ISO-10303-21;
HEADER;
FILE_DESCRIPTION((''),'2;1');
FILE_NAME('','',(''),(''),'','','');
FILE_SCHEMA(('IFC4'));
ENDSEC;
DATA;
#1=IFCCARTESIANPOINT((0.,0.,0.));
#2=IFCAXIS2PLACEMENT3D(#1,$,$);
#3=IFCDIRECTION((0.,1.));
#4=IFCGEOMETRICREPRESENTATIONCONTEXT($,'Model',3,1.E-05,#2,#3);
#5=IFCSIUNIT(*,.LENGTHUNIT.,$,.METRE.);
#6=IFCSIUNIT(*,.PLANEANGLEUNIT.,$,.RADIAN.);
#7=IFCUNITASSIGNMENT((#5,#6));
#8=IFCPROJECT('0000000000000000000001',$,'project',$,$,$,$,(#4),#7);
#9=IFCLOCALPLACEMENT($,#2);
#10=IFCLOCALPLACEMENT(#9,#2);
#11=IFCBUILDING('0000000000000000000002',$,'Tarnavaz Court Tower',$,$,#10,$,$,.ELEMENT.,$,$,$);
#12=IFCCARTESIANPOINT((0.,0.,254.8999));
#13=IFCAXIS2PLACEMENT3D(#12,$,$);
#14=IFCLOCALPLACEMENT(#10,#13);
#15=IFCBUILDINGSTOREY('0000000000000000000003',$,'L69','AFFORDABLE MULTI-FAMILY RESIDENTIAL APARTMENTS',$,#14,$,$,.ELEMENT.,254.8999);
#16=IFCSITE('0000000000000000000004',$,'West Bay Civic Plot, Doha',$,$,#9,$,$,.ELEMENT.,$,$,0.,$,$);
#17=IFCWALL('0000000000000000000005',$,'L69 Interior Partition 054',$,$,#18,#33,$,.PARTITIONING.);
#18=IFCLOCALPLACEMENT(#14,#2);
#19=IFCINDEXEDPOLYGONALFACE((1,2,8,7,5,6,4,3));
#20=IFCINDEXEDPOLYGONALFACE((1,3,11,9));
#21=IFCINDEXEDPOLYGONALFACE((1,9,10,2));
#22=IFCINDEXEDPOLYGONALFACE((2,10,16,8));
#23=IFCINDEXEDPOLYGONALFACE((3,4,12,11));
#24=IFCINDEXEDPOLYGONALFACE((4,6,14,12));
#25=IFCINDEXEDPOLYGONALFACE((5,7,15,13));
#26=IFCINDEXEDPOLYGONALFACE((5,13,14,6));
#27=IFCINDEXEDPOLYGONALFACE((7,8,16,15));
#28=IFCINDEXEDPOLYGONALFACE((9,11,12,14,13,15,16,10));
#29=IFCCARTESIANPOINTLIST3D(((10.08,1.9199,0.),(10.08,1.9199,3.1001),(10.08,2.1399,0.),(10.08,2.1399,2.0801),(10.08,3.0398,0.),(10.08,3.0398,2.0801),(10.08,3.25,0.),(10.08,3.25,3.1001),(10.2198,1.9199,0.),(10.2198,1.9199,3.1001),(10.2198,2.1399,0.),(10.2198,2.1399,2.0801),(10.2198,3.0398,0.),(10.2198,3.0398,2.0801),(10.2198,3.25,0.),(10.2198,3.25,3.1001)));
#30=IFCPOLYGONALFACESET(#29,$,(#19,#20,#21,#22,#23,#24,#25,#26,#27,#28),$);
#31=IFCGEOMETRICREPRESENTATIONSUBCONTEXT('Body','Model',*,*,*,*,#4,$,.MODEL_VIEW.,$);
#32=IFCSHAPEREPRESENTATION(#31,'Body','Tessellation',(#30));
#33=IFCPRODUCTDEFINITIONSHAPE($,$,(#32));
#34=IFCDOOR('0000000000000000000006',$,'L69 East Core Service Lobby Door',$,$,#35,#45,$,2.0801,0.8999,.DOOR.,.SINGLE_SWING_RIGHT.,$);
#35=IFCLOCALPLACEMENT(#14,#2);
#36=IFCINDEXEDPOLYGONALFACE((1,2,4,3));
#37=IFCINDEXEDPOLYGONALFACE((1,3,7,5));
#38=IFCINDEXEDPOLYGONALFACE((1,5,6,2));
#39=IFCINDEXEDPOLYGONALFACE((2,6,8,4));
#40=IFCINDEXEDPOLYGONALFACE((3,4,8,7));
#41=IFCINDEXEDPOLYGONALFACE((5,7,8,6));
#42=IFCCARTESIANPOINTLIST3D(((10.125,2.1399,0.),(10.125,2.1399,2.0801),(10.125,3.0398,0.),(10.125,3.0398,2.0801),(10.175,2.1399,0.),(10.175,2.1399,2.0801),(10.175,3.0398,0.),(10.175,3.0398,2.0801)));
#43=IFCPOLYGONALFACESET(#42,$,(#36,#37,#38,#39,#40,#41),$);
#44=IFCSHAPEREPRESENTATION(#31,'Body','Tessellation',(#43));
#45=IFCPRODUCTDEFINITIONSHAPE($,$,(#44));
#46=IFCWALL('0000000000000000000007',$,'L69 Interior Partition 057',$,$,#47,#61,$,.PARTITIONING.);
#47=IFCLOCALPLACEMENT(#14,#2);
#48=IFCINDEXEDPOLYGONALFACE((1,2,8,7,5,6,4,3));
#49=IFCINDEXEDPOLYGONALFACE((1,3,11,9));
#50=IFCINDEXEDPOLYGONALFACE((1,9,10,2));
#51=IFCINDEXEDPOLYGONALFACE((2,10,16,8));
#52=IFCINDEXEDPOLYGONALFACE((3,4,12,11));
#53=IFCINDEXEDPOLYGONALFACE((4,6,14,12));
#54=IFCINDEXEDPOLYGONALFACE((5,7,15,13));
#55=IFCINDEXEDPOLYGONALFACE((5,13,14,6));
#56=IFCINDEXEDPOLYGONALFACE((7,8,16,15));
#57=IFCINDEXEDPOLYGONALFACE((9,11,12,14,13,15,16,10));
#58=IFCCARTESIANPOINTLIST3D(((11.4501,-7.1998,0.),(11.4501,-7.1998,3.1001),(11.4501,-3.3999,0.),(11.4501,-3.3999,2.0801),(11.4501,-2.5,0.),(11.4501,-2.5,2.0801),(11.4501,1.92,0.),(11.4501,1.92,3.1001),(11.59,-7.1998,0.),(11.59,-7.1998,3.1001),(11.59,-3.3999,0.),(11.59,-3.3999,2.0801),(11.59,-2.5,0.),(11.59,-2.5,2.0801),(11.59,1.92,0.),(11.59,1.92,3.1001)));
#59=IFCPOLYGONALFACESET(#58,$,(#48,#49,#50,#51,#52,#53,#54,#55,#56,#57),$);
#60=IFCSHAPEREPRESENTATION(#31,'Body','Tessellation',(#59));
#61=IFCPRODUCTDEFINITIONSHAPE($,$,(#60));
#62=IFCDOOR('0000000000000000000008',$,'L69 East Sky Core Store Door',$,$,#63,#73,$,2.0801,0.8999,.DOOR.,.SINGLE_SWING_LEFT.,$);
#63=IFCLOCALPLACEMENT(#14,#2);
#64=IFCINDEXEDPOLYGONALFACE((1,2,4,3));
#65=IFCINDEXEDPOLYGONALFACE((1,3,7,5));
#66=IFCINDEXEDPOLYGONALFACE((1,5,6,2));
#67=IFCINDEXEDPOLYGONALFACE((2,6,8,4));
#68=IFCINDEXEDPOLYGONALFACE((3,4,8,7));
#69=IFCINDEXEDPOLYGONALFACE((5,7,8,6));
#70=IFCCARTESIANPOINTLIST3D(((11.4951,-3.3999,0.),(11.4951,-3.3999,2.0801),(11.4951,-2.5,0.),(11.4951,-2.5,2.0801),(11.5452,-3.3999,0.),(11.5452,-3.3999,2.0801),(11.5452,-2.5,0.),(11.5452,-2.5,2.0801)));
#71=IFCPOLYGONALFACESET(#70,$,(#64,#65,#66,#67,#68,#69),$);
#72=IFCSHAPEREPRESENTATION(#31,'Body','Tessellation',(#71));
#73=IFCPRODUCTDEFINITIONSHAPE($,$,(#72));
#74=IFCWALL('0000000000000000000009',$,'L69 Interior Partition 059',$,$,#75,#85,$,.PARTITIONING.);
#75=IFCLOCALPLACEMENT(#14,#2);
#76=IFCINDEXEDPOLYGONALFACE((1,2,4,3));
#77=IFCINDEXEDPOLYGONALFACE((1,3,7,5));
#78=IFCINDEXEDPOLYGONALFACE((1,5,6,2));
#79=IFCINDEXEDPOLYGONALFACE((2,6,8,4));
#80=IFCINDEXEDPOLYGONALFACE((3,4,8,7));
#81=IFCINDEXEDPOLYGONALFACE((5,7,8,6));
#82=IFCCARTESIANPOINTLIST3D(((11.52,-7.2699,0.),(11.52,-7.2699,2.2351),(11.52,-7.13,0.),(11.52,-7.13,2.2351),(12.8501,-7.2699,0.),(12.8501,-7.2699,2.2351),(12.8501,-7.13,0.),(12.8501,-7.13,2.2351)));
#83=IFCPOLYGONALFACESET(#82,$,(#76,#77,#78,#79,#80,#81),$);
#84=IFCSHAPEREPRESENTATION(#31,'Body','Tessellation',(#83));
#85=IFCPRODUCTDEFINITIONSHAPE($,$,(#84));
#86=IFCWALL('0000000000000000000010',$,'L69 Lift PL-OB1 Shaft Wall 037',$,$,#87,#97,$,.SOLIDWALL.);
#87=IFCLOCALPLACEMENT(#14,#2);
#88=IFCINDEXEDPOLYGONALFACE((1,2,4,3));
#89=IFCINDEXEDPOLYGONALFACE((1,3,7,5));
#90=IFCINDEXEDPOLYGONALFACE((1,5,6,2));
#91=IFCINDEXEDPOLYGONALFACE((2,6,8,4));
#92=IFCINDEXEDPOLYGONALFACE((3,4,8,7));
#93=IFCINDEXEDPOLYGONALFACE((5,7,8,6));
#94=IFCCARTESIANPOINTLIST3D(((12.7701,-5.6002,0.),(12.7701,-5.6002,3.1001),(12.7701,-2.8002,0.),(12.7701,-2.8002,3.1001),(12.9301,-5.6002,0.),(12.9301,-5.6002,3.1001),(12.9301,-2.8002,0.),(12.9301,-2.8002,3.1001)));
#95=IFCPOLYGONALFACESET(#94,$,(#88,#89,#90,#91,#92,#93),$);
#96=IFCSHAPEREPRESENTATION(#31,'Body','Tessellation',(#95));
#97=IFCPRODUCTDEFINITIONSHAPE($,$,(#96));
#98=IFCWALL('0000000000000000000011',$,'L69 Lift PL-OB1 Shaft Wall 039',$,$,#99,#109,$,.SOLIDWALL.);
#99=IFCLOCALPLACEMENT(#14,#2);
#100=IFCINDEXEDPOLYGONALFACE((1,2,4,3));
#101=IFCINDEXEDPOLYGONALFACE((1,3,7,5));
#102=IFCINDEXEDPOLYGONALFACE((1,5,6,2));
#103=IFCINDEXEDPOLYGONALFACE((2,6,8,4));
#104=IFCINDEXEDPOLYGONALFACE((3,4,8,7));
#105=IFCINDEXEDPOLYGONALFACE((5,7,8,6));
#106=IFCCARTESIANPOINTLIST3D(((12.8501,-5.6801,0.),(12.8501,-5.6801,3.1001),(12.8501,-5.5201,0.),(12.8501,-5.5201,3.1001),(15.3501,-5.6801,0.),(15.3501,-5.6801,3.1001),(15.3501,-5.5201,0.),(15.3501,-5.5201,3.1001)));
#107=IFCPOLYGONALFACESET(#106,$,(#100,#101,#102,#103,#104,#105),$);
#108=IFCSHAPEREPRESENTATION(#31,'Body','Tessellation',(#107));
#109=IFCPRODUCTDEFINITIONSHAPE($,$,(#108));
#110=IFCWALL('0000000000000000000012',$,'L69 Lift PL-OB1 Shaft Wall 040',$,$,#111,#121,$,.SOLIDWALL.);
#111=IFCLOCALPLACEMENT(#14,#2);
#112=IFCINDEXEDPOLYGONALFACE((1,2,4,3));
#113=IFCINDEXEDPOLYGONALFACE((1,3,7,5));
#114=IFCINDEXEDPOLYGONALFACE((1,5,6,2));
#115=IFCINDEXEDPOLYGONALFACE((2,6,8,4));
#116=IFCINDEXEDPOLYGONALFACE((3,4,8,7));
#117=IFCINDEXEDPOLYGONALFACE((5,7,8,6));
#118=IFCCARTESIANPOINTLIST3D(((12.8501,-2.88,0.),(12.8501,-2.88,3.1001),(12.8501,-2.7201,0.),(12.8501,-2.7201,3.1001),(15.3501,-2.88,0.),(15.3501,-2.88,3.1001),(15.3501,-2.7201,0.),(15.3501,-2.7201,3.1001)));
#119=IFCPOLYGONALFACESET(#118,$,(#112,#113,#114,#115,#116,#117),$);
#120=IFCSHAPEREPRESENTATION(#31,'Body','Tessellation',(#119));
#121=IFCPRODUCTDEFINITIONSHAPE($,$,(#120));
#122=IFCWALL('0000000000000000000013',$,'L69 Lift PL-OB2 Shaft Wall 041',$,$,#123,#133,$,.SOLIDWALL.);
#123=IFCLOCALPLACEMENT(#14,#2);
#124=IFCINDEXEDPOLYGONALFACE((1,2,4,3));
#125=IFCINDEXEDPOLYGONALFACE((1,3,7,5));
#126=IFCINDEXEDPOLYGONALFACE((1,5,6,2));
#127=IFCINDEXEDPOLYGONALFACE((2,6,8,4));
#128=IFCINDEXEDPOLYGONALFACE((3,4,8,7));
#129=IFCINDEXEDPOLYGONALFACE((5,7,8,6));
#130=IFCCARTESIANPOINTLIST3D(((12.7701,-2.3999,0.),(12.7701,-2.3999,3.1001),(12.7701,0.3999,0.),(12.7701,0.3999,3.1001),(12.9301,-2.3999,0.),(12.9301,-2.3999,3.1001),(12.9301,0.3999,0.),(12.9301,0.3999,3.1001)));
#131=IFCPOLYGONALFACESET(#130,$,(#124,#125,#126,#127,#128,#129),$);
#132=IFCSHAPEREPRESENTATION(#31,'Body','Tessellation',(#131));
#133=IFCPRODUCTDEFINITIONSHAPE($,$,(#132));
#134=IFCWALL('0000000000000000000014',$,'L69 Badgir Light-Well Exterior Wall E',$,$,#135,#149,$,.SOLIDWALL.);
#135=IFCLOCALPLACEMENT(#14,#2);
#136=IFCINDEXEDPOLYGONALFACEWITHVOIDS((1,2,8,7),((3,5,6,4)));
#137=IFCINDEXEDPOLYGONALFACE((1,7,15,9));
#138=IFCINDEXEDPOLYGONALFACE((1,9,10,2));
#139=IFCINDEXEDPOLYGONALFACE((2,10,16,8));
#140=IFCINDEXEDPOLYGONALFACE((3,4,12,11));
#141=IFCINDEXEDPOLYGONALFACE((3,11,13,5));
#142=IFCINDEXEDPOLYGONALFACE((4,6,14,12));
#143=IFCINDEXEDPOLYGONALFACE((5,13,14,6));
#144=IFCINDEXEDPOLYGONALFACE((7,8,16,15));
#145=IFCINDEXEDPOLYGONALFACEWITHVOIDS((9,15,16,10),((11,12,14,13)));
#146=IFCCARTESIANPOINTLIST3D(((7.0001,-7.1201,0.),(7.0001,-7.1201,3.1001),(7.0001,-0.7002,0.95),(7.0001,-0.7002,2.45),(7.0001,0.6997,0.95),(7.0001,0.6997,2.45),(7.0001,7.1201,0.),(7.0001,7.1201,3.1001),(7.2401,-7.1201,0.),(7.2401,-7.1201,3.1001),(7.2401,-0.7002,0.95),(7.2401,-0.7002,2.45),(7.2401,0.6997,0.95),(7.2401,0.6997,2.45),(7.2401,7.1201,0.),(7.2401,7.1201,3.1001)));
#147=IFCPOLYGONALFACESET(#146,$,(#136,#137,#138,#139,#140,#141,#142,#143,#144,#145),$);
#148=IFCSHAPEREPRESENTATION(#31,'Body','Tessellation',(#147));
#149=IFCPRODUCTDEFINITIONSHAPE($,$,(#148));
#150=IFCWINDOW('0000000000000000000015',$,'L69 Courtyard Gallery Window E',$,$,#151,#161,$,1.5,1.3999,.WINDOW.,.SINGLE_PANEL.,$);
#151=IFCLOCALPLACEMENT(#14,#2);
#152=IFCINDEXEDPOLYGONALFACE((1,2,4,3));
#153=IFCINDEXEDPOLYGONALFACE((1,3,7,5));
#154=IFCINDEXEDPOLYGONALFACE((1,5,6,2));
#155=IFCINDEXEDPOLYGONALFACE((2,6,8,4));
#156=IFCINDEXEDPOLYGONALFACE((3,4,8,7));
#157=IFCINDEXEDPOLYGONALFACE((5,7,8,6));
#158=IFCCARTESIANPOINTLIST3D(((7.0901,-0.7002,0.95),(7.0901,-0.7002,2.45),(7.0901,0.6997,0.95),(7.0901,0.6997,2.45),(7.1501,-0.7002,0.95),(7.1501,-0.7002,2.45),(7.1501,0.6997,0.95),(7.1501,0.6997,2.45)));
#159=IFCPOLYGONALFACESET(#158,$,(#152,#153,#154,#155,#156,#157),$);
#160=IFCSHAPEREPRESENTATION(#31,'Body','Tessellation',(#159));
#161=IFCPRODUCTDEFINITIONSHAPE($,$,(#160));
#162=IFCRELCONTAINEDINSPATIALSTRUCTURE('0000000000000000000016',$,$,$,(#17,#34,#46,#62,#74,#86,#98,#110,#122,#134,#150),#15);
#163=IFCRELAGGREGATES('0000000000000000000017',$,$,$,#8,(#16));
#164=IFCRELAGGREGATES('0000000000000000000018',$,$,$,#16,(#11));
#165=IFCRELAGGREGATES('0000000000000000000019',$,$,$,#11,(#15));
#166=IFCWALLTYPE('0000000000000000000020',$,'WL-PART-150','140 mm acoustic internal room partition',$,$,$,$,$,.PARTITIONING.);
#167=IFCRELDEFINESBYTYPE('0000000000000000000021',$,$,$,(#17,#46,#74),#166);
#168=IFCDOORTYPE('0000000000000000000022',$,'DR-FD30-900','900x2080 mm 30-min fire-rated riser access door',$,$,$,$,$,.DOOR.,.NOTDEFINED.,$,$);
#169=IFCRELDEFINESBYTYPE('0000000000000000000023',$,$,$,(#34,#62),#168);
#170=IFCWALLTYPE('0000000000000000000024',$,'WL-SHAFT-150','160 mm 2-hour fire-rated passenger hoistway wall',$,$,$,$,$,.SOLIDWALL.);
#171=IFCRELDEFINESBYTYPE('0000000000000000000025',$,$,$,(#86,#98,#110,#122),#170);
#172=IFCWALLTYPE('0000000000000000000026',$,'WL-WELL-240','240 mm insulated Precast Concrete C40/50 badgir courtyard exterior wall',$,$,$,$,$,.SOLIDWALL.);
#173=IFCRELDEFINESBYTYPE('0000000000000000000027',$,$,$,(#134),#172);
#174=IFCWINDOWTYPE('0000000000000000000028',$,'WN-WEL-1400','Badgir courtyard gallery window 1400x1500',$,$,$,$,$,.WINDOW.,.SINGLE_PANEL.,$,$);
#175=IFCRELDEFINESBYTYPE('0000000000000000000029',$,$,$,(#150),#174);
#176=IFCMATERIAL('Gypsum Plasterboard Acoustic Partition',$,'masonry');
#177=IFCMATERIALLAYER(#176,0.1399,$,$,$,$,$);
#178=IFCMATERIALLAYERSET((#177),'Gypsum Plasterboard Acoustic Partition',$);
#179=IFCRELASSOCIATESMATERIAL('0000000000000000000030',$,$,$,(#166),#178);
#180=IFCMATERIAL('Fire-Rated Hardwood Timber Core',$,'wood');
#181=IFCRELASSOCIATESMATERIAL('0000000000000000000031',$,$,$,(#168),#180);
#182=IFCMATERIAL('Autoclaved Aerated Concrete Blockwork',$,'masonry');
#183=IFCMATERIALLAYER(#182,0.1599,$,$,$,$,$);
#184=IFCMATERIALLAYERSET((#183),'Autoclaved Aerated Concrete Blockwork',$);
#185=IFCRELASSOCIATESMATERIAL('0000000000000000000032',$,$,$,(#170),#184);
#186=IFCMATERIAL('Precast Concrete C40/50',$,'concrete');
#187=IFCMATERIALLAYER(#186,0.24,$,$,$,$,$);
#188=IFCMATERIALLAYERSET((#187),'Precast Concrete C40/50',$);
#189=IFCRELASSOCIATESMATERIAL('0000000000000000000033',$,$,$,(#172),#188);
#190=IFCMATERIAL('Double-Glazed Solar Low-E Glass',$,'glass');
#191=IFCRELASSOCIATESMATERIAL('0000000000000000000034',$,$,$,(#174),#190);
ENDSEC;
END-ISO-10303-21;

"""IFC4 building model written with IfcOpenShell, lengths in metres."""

from ifc_helpers import new_model, si_unit, direction, frame, frame_2d, origin, place, context, subcontext, project, spatial, rectangle, extrude, material, layer, layer_set, type_object, element, fill, save


model = new_model("IFC4")

# Units and contexts
model_context = context("Model", 3, precision=1e-05, world=origin(), true_north=direction((0.0, 1.0)))
body_context = subcontext(model_context, "Body", "Model", "MODEL_VIEW")
ifc_project = project(units=[si_unit("LENGTHUNIT", "METRE"), si_unit("PLANEANGLEUNIT", "RADIAN")], contexts=[model_context])

# Site, building, storey
site_placement = place(None, origin())
site = spatial("IfcSite", under=ifc_project, at=site_placement, Name="West Bay Civic Plot, Doha", CompositionType="ELEMENT", RefElevation=0.0)
building_placement = place(site_placement, origin())
building = spatial("IfcBuilding", under=site, at=building_placement, Name="Tarnavaz Court Tower", CompositionType="ELEMENT")
storey_placement = place(building_placement, frame((0.0, 0.0, 254.8999)))
storey = spatial("IfcBuildingStorey", under=building, at=storey_placement, Name="L69", Description="AFFORDABLE MULTI-FAMILY RESIDENTIAL APARTMENTS", CompositionType="ELEMENT", Elevation=254.8999)

# Shared definitions
ifc_material_1 = material(Name="Fire-Rated Hardwood Timber Core", Category="wood")

# Shared definitions
ifc_material_2 = material(Name="Gypsum Plasterboard Acoustic Partition", Category="masonry")
ifc_layer_1 = layer(ifc_material_2, 0.1399)
ifc_layer_set_1 = layer_set([ifc_layer_1], Name="Gypsum Plasterboard Acoustic Partition")
wall_type_1 = type_object("IfcWallType", Name="WL-PART-150", Description="140 mm acoustic internal room partition", PredefinedType="PARTITIONING", material=ifc_layer_set_1)

# Walls, openings, doors
wall_1_placement = place(storey_placement, frame((10.1499, 1.9199, 0.0), z_axis=(0.0, 0.0, 1.0), x_axis=(0.0, 1.0, 0.0)))
wall_1 = element("IfcWall", 1, at=wall_1_placement, inside=storey, type_object=wall_type_1, Name="L69 Interior Partition 054", PredefinedType="PARTITIONING", context=body_context, shape_type="SweptSolid", body=[
    extrude(rectangle(XDim=1.3301, YDim=0.1399, at=frame_2d((0.665, 0.0))), origin(), (0.0, 0.0, 1.0), 3.1001),
])
opening_1_placement = place(wall_1_placement, frame((0.22, 0.0, 0.0)))
opening_1 = element("IfcOpeningElement", 2, at=opening_1_placement, cuts=wall_1, PredefinedType="OPENING", context=body_context, shape_type="SweptSolid", body=[
    extrude(rectangle(XDim=0.8999, YDim=2.0801, at=frame_2d((0.45, 1.04))), frame((0.0, 0.0798, 0.0), z_axis=(0.0, -1.0, 0.0), x_axis=(1.0, 0.0, 0.0)), (0.0, 0.0, 1.0), 0.1599),
])
door_type_1 = type_object("IfcDoorType", Name="DR-FD30-900", Description="900x2080 mm 30-min fire-rated riser access door", OperationType="NOTDEFINED", PredefinedType="DOOR", material=ifc_material_1)
door_1_placement = place(opening_1_placement, origin())
door_1 = element("IfcDoor", 3, at=door_1_placement, inside=storey, type_object=door_type_1, Name="L69 East Core Service Lobby Door", OperationType="SINGLE_SWING_RIGHT", OverallHeight=2.0801, OverallWidth=0.8999, PredefinedType="DOOR", context=body_context, shape_type="SweptSolid", body=[
    extrude(rectangle(XDim=0.8999, YDim=2.0801, at=frame_2d((0.45, 1.04))), frame((0.0, 0.0249, 0.0), z_axis=(0.0, -1.0, 0.0), x_axis=(1.0, 0.0, 0.0)), (0.0, 0.0, 1.0), 0.05),
])
fill(opening_1, door_1)
wall_2_placement = place(storey_placement, frame((11.52, -7.2, 0.0), z_axis=(0.0, 0.0, 1.0), x_axis=(0.0, 1.0, 0.0)))
wall_2 = element("IfcWall", 4, at=wall_2_placement, inside=storey, type_object=wall_type_1, Name="L69 Interior Partition 057", PredefinedType="PARTITIONING", context=body_context, shape_type="SweptSolid", body=[
    extrude(rectangle(XDim=9.1199, YDim=0.1399, at=frame_2d((4.5601, 0.0))), origin(), (0.0, 0.0, 1.0), 3.1001),
])
opening_2_placement = place(wall_2_placement, frame((3.8, 0.0, 0.0)))
opening_2 = element("IfcOpeningElement", 5, at=opening_2_placement, cuts=wall_2, PredefinedType="OPENING", context=body_context, shape_type="SweptSolid", body=[
    extrude(rectangle(XDim=0.8999, YDim=2.0801, at=frame_2d((0.45, 1.04))), frame((0.0, 0.0798, 0.0), z_axis=(0.0, -1.0, 0.0), x_axis=(1.0, 0.0, 0.0)), (0.0, 0.0, 1.0), 0.1599),
])
door_2_placement = place(opening_2_placement, origin())
door_2 = element("IfcDoor", 6, at=door_2_placement, inside=storey, type_object=door_type_1, Name="L69 East Sky Core Store Door", OperationType="SINGLE_SWING_LEFT", OverallHeight=2.0801, OverallWidth=0.8999, PredefinedType="DOOR", context=body_context, shape_type="SweptSolid", body=[
    extrude(rectangle(XDim=0.8999, YDim=2.0801, at=frame_2d((0.45, 1.04))), frame((0.0, 0.0249, 0.0), z_axis=(0.0, -1.0, 0.0), x_axis=(1.0, 0.0, 0.0)), (0.0, 0.0, 1.0), 0.05),
])
fill(opening_2, door_2)

# Walls
wall_3_placement = place(storey_placement, frame((11.52, -7.2, 0.0), z_axis=(0.0, 0.0, 1.0), x_axis=(1.0, 0.0, 0.0)))
element("IfcWall", 7, at=wall_3_placement, inside=storey, type_object=wall_type_1, Name="L69 Interior Partition 059", PredefinedType="PARTITIONING", context=body_context, shape_type="SweptSolid", body=[
    extrude(rectangle(XDim=1.3301, YDim=0.1399, at=frame_2d((0.665, 0.0))), origin(), (0.0, 0.0, 1.0), 2.2351),
])
ifc_material_3 = material(Name="Autoclaved Aerated Concrete Blockwork", Category="masonry")
ifc_layer_2 = layer(ifc_material_3, 0.1599)
ifc_layer_set_2 = layer_set([ifc_layer_2], Name="Autoclaved Aerated Concrete Blockwork")
wall_type_2 = type_object("IfcWallType", Name="WL-SHAFT-150", Description="160 mm 2-hour fire-rated passenger hoistway wall", PredefinedType="SOLIDWALL", material=ifc_layer_set_2)
wall_4_placement = place(storey_placement, frame((12.8501, -5.6001, 0.0), z_axis=(0.0, 0.0, 1.0), x_axis=(0.0, 1.0, 0.0)))
element("IfcWall", 8, at=wall_4_placement, inside=storey, type_object=wall_type_2, Name="L69 Lift PL-OB1 Shaft Wall 037", PredefinedType="SOLIDWALL", context=body_context, shape_type="SweptSolid", body=[
    extrude(rectangle(XDim=2.8, YDim=0.1599, at=frame_2d((1.3999, 0.0))), origin(), (0.0, 0.0, 1.0), 3.1001),
])
for number, where, z_axis, x_axis, name in (
    (9, (12.8501, -5.6001, 0.0), (0.0, 0.0, 1.0), (1.0, 0.0, 0.0), "L69 Lift PL-OB1 Shaft Wall 039"),
    (10, (12.8501, -2.8, 0.0), (0.0, 0.0, 1.0), (1.0, 0.0, 0.0), "L69 Lift PL-OB1 Shaft Wall 040"),
):
    element("IfcWall", number, at=place(storey_placement, frame(where, z_axis=z_axis, x_axis=x_axis)), inside=storey, type_object=wall_type_2, Name=name, PredefinedType="SOLIDWALL", context=body_context, shape_type="SweptSolid", body=[
        extrude(rectangle(XDim=2.5, YDim=0.1599, at=frame_2d((1.25, 0.0))), origin(), (0.0, 0.0, 1.0), 3.1001),
    ])
wall_5_placement = place(storey_placement, frame((12.8501, -2.3999, 0.0), z_axis=(0.0, 0.0, 1.0), x_axis=(0.0, 1.0, 0.0)))
element("IfcWall", 11, at=wall_5_placement, inside=storey, type_object=wall_type_2, Name="L69 Lift PL-OB2 Shaft Wall 041", PredefinedType="SOLIDWALL", context=body_context, shape_type="SweptSolid", body=[
    extrude(rectangle(XDim=2.7998, YDim=0.1599, at=frame_2d((1.3999, 0.0))), origin(), (0.0, 0.0, 1.0), 3.1001),
])

# Wall, opening, window
ifc_material_4 = material(Name="Precast Concrete C40/50", Category="concrete")
ifc_layer_3 = layer(ifc_material_4, 0.24)
ifc_layer_set_3 = layer_set([ifc_layer_3], Name="Precast Concrete C40/50")
wall_type_3 = type_object("IfcWallType", Name="WL-WELL-240", Description="240 mm insulated Precast Concrete C40/50 badgir courtyard exterior wall", PredefinedType="SOLIDWALL", material=ifc_layer_set_3)
wall_6_placement = place(storey_placement, frame((7.1201, -7.1201, 0.0), z_axis=(0.0, 0.0, 1.0), x_axis=(0.0, 1.0, 0.0)))
wall_6 = element("IfcWall", 12, at=wall_6_placement, inside=storey, type_object=wall_type_3, Name="L69 Badgir Light-Well Exterior Wall E", PredefinedType="SOLIDWALL", context=body_context, shape_type="SweptSolid", body=[
    extrude(rectangle(XDim=14.2402, YDim=0.24, at=frame_2d((7.1201, 0.0))), origin(), (0.0, 0.0, 1.0), 3.1001),
])
opening_3_placement = place(wall_6_placement, frame((6.4199, 0.0, 0.95)))
opening_3 = element("IfcOpeningElement", 13, at=opening_3_placement, cuts=wall_6, PredefinedType="OPENING", context=body_context, shape_type="SweptSolid", body=[
    extrude(rectangle(XDim=1.3999, YDim=1.5, at=frame_2d((0.7, 0.75))), frame((0.0, 0.1299, 0.0), z_axis=(0.0, -1.0, 0.0), x_axis=(1.0, 0.0, 0.0)), (0.0, 0.0, 1.0), 0.26),
])
ifc_material_5 = material(Name="Double-Glazed Solar Low-E Glass", Category="glass")
window_type = type_object("IfcWindowType", Name="WN-WEL-1400", Description="Badgir courtyard gallery window 1400x1500", PartitioningType="SINGLE_PANEL", PredefinedType="WINDOW", material=ifc_material_5)
window_placement = place(opening_3_placement, origin())
window = element("IfcWindow", 14, at=window_placement, inside=storey, type_object=window_type, Name="L69 Courtyard Gallery Window E", OverallHeight=1.5, OverallWidth=1.3999, PartitioningType="SINGLE_PANEL", PredefinedType="WINDOW", context=body_context, shape_type="SweptSolid", body=[
    extrude(rectangle(XDim=1.3999, YDim=1.5, at=frame_2d((0.7, 0.75))), frame((0.0, 0.03, 0.0), z_axis=(0.0, -1.0, 0.0), x_axis=(1.0, 0.0, 0.0)), (0.0, 0.0, 1.0), 0.0601),
])
fill(opening_3, window)

save(model, "model.ifc")
